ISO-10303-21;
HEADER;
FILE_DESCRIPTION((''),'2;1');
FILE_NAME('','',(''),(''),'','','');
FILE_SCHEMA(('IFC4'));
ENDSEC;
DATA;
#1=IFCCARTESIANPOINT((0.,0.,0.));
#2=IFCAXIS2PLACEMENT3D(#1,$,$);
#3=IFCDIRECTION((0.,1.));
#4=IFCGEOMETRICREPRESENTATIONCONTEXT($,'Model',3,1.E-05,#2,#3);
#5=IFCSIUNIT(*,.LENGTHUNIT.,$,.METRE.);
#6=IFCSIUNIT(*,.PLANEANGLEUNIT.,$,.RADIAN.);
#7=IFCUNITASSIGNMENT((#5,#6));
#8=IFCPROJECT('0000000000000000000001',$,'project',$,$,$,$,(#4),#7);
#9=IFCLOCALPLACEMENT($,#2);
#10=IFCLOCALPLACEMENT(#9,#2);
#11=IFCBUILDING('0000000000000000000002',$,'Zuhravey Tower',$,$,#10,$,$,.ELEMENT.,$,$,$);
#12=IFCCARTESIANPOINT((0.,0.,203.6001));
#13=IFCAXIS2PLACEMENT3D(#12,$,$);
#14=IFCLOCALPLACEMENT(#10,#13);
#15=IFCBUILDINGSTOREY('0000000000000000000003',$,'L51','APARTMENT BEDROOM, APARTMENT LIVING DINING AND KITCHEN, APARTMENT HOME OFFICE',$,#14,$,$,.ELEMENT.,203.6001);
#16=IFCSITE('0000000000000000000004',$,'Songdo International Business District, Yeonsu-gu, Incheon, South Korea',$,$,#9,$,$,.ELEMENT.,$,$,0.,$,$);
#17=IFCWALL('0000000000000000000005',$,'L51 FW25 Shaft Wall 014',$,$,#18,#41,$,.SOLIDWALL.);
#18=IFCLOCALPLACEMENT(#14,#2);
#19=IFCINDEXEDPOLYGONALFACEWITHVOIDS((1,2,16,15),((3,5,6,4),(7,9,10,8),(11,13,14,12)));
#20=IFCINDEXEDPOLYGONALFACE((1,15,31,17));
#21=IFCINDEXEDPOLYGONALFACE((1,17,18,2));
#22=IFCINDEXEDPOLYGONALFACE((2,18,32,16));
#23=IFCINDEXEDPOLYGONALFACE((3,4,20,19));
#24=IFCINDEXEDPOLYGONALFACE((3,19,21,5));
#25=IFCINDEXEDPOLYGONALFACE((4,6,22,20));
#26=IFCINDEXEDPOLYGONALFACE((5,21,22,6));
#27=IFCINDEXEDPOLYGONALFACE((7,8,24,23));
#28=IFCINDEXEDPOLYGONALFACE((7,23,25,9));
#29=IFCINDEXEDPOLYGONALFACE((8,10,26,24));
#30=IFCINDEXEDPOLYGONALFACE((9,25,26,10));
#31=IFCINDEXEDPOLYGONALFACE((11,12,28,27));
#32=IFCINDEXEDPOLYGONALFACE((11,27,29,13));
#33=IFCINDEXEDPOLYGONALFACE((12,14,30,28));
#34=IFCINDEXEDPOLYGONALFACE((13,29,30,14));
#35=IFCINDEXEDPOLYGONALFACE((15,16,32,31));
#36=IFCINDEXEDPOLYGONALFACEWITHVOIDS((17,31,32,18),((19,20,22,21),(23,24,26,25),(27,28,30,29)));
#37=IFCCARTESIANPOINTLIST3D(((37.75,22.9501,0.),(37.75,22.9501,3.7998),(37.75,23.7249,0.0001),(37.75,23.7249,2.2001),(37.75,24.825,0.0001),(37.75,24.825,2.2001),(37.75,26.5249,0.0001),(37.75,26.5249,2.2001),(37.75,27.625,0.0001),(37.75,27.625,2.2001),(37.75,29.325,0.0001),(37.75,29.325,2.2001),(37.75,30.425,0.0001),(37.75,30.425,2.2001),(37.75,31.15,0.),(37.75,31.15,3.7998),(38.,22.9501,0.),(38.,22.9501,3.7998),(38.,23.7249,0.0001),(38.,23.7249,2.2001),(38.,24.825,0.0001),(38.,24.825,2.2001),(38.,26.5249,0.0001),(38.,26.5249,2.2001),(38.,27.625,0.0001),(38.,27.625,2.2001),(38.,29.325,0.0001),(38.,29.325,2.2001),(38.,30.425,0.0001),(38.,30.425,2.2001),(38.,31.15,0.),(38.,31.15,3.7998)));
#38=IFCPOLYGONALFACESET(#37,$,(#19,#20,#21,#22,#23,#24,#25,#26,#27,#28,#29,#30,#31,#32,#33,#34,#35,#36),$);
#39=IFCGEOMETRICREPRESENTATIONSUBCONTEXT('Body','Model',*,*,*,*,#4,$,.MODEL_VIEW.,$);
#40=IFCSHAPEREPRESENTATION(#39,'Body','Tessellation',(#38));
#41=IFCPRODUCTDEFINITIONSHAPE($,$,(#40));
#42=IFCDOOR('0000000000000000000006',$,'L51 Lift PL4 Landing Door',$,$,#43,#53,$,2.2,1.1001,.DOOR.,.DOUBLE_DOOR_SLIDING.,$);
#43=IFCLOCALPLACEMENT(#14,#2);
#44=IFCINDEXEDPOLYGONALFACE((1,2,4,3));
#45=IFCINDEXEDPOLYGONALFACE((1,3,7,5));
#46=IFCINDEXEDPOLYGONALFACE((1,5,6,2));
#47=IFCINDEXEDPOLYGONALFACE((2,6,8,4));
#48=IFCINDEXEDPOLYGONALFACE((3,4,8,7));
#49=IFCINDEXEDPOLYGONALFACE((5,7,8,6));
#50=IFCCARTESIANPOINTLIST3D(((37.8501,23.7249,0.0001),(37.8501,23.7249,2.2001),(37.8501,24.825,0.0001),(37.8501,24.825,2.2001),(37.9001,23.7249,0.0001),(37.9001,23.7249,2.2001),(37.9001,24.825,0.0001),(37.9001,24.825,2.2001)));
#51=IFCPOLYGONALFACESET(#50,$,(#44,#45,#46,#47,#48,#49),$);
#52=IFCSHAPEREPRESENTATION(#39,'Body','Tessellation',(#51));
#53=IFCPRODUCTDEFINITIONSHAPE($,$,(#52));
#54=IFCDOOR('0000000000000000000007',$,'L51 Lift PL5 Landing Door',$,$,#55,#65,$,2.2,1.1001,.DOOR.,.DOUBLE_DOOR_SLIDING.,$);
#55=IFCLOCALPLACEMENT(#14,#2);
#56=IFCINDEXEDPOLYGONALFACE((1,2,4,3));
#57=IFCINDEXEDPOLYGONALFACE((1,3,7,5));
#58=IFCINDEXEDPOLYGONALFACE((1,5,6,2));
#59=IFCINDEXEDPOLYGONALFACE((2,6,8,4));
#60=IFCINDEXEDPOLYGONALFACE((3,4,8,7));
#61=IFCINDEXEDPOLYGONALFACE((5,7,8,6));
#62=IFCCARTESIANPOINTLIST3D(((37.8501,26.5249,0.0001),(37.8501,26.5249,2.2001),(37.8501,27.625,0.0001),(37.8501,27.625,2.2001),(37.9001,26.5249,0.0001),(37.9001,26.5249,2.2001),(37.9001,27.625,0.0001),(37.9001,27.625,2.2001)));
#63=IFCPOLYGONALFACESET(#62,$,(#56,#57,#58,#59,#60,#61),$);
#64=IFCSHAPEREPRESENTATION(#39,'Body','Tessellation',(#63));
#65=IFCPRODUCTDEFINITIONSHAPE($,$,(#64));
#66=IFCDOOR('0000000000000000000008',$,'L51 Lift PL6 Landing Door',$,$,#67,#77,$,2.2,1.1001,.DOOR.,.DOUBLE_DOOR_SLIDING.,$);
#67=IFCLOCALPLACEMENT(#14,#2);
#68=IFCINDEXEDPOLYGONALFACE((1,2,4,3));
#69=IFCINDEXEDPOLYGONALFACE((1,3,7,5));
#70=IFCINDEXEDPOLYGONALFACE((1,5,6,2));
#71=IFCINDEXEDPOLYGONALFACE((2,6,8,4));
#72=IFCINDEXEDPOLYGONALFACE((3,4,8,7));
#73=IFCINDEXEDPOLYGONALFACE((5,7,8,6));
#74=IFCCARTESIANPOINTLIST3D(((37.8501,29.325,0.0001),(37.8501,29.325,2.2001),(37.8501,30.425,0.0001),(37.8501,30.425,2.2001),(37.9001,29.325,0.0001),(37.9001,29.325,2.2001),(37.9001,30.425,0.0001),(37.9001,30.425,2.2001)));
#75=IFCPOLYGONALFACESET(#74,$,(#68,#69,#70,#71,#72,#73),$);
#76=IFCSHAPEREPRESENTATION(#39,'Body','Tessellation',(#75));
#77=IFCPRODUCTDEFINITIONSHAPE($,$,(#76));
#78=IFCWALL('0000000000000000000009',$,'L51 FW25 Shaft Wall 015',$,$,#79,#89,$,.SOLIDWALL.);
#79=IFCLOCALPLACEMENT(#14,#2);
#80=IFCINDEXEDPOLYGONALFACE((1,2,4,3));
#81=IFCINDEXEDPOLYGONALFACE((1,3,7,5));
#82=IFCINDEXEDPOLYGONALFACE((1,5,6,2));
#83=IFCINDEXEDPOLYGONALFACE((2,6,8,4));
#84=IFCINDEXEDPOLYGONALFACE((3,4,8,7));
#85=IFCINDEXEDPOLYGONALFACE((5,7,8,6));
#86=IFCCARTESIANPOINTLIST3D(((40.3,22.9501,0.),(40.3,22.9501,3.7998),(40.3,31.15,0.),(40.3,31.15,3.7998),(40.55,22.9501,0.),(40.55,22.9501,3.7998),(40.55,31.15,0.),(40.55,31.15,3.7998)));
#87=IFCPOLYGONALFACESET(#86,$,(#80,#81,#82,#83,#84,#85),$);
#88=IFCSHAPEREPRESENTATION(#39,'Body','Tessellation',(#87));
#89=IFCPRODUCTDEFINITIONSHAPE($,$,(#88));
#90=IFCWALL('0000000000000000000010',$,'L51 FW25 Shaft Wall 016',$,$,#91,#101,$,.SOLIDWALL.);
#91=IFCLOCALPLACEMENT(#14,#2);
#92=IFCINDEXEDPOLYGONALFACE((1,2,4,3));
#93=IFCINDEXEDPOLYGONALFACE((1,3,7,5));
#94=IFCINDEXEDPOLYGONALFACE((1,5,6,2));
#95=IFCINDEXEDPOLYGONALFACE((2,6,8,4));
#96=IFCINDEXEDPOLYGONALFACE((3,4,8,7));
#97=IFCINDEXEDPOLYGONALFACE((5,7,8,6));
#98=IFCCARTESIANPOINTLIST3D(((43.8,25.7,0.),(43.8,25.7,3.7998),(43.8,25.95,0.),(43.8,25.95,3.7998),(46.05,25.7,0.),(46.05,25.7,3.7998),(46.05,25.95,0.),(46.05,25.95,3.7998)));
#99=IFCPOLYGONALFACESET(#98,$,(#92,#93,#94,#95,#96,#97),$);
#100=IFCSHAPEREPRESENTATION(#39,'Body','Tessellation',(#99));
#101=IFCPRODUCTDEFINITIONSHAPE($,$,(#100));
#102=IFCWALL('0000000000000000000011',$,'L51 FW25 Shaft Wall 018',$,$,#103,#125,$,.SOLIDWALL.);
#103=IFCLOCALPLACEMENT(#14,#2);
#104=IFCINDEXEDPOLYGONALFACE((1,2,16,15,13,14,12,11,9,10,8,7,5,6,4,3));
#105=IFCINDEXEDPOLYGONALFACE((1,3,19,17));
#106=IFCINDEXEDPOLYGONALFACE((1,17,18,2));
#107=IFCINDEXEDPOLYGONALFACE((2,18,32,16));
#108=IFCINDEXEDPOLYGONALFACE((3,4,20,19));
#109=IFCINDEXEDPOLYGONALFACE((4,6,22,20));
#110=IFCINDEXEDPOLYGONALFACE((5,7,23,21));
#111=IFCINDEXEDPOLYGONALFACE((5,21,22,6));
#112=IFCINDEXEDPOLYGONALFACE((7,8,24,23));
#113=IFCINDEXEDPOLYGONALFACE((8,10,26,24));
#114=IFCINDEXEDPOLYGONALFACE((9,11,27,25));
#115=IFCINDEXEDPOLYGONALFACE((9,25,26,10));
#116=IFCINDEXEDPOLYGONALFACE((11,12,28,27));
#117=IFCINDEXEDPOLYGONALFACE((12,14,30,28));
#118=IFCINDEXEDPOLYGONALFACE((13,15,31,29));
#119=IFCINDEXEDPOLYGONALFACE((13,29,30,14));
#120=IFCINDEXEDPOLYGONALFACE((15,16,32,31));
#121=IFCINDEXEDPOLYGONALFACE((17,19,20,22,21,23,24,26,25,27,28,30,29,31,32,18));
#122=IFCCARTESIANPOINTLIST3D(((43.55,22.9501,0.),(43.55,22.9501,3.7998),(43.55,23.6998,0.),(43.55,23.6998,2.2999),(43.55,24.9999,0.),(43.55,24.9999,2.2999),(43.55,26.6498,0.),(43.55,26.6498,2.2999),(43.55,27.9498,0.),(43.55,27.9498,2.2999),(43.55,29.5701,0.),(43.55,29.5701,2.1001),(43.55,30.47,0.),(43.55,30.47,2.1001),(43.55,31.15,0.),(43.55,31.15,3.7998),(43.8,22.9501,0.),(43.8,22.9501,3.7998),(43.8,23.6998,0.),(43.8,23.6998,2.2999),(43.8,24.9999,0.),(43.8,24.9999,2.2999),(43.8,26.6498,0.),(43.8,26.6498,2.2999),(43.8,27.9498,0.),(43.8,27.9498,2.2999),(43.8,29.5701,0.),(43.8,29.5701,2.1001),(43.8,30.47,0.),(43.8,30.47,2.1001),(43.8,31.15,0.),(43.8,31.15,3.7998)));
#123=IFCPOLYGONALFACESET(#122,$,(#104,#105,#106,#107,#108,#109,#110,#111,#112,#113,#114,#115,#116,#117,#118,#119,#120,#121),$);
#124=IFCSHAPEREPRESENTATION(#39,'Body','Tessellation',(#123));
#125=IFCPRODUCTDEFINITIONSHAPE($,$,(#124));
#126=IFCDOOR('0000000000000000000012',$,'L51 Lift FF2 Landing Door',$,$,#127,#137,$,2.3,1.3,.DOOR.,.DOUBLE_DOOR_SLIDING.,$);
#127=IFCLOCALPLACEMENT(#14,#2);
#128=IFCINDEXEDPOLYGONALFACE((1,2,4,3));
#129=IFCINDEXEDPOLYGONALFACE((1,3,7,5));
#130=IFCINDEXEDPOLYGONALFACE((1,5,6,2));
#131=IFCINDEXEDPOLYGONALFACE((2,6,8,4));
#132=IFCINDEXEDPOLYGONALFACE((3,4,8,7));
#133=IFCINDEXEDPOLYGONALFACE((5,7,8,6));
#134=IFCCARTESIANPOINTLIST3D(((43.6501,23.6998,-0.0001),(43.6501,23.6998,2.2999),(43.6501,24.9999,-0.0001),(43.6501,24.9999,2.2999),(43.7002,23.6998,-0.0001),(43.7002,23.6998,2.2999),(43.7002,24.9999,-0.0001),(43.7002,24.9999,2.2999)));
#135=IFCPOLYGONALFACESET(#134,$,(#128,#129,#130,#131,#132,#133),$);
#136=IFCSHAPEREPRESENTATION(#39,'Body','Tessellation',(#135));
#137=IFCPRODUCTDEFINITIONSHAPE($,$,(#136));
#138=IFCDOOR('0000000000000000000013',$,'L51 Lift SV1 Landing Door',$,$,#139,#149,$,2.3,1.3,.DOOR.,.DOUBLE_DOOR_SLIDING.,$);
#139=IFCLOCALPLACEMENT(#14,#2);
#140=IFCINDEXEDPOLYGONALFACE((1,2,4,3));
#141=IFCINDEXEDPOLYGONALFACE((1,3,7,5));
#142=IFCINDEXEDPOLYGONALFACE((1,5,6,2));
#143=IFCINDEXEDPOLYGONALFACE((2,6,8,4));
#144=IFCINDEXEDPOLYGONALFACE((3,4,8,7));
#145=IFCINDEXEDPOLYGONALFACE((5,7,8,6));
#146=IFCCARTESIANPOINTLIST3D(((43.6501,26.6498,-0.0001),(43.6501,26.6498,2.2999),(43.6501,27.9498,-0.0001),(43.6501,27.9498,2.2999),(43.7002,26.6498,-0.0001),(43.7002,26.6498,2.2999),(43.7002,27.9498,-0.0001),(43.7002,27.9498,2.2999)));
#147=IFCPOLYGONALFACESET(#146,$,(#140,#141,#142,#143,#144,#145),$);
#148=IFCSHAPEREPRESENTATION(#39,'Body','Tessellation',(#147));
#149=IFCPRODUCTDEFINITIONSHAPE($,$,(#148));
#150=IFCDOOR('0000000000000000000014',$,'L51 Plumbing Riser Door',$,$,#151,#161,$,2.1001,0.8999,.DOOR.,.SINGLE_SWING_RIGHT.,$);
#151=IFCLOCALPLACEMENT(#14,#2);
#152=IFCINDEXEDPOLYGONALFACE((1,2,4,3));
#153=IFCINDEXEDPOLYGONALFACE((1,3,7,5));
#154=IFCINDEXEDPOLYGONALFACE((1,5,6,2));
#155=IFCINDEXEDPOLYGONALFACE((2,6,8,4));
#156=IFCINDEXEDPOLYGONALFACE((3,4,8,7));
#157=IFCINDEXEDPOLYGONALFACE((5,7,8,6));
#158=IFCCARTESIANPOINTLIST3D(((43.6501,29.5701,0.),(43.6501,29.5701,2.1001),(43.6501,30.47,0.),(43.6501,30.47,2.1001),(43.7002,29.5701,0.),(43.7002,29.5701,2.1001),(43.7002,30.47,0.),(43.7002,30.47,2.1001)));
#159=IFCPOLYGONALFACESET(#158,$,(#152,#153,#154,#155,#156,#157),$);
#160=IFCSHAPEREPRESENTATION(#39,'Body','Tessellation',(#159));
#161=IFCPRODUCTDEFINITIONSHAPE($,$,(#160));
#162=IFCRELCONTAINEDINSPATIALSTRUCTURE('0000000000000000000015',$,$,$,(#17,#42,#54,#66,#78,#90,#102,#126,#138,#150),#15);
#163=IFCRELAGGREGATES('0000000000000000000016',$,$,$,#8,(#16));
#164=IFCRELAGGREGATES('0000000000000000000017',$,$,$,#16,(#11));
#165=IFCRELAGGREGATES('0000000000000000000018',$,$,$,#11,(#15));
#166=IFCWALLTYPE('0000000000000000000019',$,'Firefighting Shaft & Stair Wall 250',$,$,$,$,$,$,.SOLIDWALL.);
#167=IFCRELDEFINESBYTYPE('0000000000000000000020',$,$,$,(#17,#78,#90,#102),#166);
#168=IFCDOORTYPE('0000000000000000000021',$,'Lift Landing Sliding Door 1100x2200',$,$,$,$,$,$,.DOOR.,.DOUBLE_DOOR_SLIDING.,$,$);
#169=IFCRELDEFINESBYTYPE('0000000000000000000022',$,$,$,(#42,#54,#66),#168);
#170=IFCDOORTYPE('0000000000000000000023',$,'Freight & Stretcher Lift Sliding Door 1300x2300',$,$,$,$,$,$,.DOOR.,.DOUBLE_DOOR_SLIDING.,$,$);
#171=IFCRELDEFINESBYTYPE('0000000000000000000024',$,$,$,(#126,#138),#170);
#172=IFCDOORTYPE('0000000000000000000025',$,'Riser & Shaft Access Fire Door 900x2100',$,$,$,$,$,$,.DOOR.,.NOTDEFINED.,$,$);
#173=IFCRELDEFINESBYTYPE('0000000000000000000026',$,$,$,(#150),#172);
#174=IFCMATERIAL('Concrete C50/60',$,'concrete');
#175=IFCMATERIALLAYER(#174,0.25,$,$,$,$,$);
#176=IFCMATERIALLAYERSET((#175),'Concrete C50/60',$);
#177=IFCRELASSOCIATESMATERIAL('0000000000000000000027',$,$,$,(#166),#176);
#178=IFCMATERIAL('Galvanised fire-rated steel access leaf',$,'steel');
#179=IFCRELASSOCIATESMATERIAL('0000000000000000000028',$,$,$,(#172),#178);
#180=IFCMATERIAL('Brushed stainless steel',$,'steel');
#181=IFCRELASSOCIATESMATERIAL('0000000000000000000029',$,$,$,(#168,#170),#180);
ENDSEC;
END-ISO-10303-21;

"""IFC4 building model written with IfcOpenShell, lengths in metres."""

from ifc_helpers import new_model, si_unit, direction, frame, frame_2d, origin, place, context, subcontext, project, spatial, rectangle, extrude, material, layer, layer_set, type_object, element, fill, save


model = new_model("IFC4")

# Units and contexts
model_context = context("Model", 3, precision=1e-05, world=origin(), true_north=direction((0.0, 1.0)))
body_context = subcontext(model_context, "Body", "Model", "MODEL_VIEW")
ifc_project = project(units=[si_unit("LENGTHUNIT", "METRE"), si_unit("PLANEANGLEUNIT", "RADIAN")], contexts=[model_context])

# Site, building, storey
site_placement = place(None, origin())
site = spatial("IfcSite", under=ifc_project, at=site_placement, Name="Songdo International Business District, Yeonsu-gu, Incheon, South Korea", CompositionType="ELEMENT", RefElevation=0.0)
building_placement = place(site_placement, origin())
building = spatial("IfcBuilding", under=site, at=building_placement, Name="Zuhravey Tower", CompositionType="ELEMENT")
storey_placement = place(building_placement, frame((0.0, 0.0, 203.6001)))
storey = spatial("IfcBuildingStorey", under=building, at=storey_placement, Name="L51", Description="APARTMENT BEDROOM, APARTMENT LIVING DINING AND KITCHEN, APARTMENT HOME OFFICE", CompositionType="ELEMENT", Elevation=203.6001)

# Shared definitions
ifc_material_1 = material(Name="Concrete C50/60", Category="concrete")
ifc_layer_1 = layer(ifc_material_1, 0.25)
ifc_layer_set_1 = layer_set([ifc_layer_1], Name="Concrete C50/60")
wall_type_1 = type_object("IfcWallType", Name="Firefighting Shaft & Stair Wall 250", PredefinedType="SOLIDWALL", material=ifc_layer_set_1)

# Shared definitions
ifc_material_2 = material(Name="Galvanised fire-rated steel access leaf", Category="steel")
door_type_1 = type_object("IfcDoorType", Name="Riser & Shaft Access Fire Door 900x2100", OperationType="NOTDEFINED", PredefinedType="DOOR", material=ifc_material_2)

# Wall, openings, doors
wall_1_placement = place(storey_placement, frame((37.875, 22.95, 0.0), z_axis=(0.0, 0.0, 1.0), x_axis=(0.0, 1.0, 0.0)))
wall_1 = element("IfcWall", 1, at=wall_1_placement, inside=storey, type_object=wall_type_1, Name="L51 FW25 Shaft Wall 014", PredefinedType="SOLIDWALL", context=body_context, shape_type="SweptSolid", body=[
    extrude(rectangle(XDim=8.2, YDim=0.25, at=frame_2d((4.1001, 0.0))), origin(), (0.0, 0.0, 1.0), 3.7998),
])
opening_1_placement = place(wall_1_placement, frame((0.7749, 0.0, 0.0)))
opening_1 = element("IfcOpeningElement", 2, at=opening_1_placement, cuts=wall_1, PredefinedType="OPENING", context=body_context, shape_type="SweptSolid", body=[
    extrude(rectangle(XDim=1.1001, YDim=2.2, at=frame_2d((0.55, 1.1001))), frame((0.0, 0.137, 0.0), z_axis=(0.0, -1.0, 0.0), x_axis=(1.0, 0.0, 0.0)), (0.0, 0.0, 1.0), 0.2739),
])
opening_2_placement = place(wall_1_placement, frame((3.575, 0.0, 0.0)))
opening_2 = element("IfcOpeningElement", 3, at=opening_2_placement, cuts=wall_1, PredefinedType="OPENING", context=body_context, shape_type="SweptSolid", body=[
    extrude(rectangle(XDim=1.1001, YDim=2.2, at=frame_2d((0.55, 1.1001))), frame((0.0, 0.137, 0.0), z_axis=(0.0, -1.0, 0.0), x_axis=(1.0, 0.0, 0.0)), (0.0, 0.0, 1.0), 0.2739),
])
opening_3_placement = place(wall_1_placement, frame((6.375, 0.0, 0.0)))
opening_3 = element("IfcOpeningElement", 4, at=opening_3_placement, cuts=wall_1, PredefinedType="OPENING", context=body_context, shape_type="SweptSolid", body=[
    extrude(rectangle(XDim=1.1001, YDim=2.2, at=frame_2d((0.55, 1.1001))), frame((0.0, 0.137, 0.0), z_axis=(0.0, -1.0, 0.0), x_axis=(1.0, 0.0, 0.0)), (0.0, 0.0, 1.0), 0.2739),
])
ifc_material_3 = material(Name="Brushed stainless steel", Category="steel")
door_type_2 = type_object("IfcDoorType", Name="Lift Landing Sliding Door 1100x2200", OperationType="DOUBLE_DOOR_SLIDING", PredefinedType="DOOR", material=ifc_material_3)
door_1_placement = place(opening_1_placement, origin())
door_1 = element("IfcDoor", 5, at=door_1_placement, inside=storey, type_object=door_type_2, Name="L51 Lift PL4 Landing Door", OperationType="DOUBLE_DOOR_SLIDING", OverallHeight=2.2, OverallWidth=1.1001, PredefinedType="DOOR", context=body_context, shape_type="SweptSolid", body=[
    extrude(rectangle(XDim=1.1001, YDim=2.2, at=frame_2d((0.55, 1.1001))), frame((0.0, 0.0249, 0.0), z_axis=(0.0, -1.0, 0.0), x_axis=(1.0, 0.0, 0.0)), (0.0, 0.0, 1.0), 0.05),
])
fill(opening_1, door_1)
door_2_placement = place(opening_2_placement, origin())
door_2 = element("IfcDoor", 6, at=door_2_placement, inside=storey, type_object=door_type_2, Name="L51 Lift PL5 Landing Door", OperationType="DOUBLE_DOOR_SLIDING", OverallHeight=2.2, OverallWidth=1.1001, PredefinedType="DOOR", context=body_context, shape_type="SweptSolid", body=[
    extrude(rectangle(XDim=1.1001, YDim=2.2, at=frame_2d((0.55, 1.1001))), frame((0.0, 0.0249, 0.0), z_axis=(0.0, -1.0, 0.0), x_axis=(1.0, 0.0, 0.0)), (0.0, 0.0, 1.0), 0.05),
])
fill(opening_2, door_2)
door_3_placement = place(opening_3_placement, origin())
door_3 = element("IfcDoor", 7, at=door_3_placement, inside=storey, type_object=door_type_2, Name="L51 Lift PL6 Landing Door", OperationType="DOUBLE_DOOR_SLIDING", OverallHeight=2.2, OverallWidth=1.1001, PredefinedType="DOOR", context=body_context, shape_type="SweptSolid", body=[
    extrude(rectangle(XDim=1.1001, YDim=2.2, at=frame_2d((0.55, 1.1001))), frame((0.0, 0.0249, 0.0), z_axis=(0.0, -1.0, 0.0), x_axis=(1.0, 0.0, 0.0)), (0.0, 0.0, 1.0), 0.05),
])
fill(opening_3, door_3)

# Walls
wall_2_placement = place(storey_placement, frame((40.425, 22.95, 0.0), z_axis=(0.0, 0.0, 1.0), x_axis=(0.0, 1.0, 0.0)))
element("IfcWall", 8, at=wall_2_placement, inside=storey, type_object=wall_type_1, Name="L51 FW25 Shaft Wall 015", PredefinedType="SOLIDWALL", context=body_context, shape_type="SweptSolid", body=[
    extrude(rectangle(XDim=8.2, YDim=0.25, at=frame_2d((4.1001, 0.0))), origin(), (0.0, 0.0, 1.0), 3.7998),
])
wall_3_placement = place(storey_placement, frame((43.8, 25.825, 0.0), z_axis=(0.0, 0.0, 1.0), x_axis=(1.0, 0.0, 0.0)))
element("IfcWall", 9, at=wall_3_placement, inside=storey, type_object=wall_type_1, Name="L51 FW25 Shaft Wall 016", PredefinedType="SOLIDWALL", context=body_context, shape_type="SweptSolid", body=[
    extrude(rectangle(XDim=2.25, YDim=0.25, at=frame_2d((1.125, 0.0))), origin(), (0.0, 0.0, 1.0), 3.7998),
])

# Wall, openings, doors
wall_4_placement = place(storey_placement, frame((43.675, 22.95, 0.0), z_axis=(0.0, 0.0, 1.0), x_axis=(0.0, 1.0, 0.0)))
wall_4 = element("IfcWall", 10, at=wall_4_placement, inside=storey, type_object=wall_type_1, Name="L51 FW25 Shaft Wall 018", PredefinedType="SOLIDWALL", context=body_context, shape_type="SweptSolid", body=[
    extrude(rectangle(XDim=8.2, YDim=0.25, at=frame_2d((4.1001, 0.0))), origin(), (0.0, 0.0, 1.0), 3.7998),
])
opening_4_placement = place(wall_4_placement, frame((0.75, 0.0, 0.0)))
opening_4 = element("IfcOpeningElement", 11, at=opening_4_placement, cuts=wall_4, PredefinedType="OPENING", context=body_context, shape_type="SweptSolid", body=[
    extrude(rectangle(XDim=1.3, YDim=2.3, at=frame_2d((0.6499, 1.1499))), frame((0.0, 0.137, 0.0), z_axis=(0.0, -1.0, 0.0), x_axis=(1.0, 0.0, 0.0)), (0.0, 0.0, 1.0), 0.2739),
])
opening_5_placement = place(wall_4_placement, frame((3.7, 0.0, 0.0)))
opening_5 = element("IfcOpeningElement", 12, at=opening_5_placement, cuts=wall_4, PredefinedType="OPENING", context=body_context, shape_type="SweptSolid", body=[
    extrude(rectangle(XDim=1.3, YDim=2.3, at=frame_2d((0.6499, 1.1499))), frame((0.0, 0.137, 0.0), z_axis=(0.0, -1.0, 0.0), x_axis=(1.0, 0.0, 0.0)), (0.0, 0.0, 1.0), 0.2739),
])
opening_6_placement = place(wall_4_placement, frame((6.6201, 0.0, 0.0)))
opening_6 = element("IfcOpeningElement", 13, at=opening_6_placement, cuts=wall_4, PredefinedType="OPENING", context=body_context, shape_type="SweptSolid", body=[
    extrude(rectangle(XDim=0.8999, YDim=2.1001, at=frame_2d((0.45, 1.05))), frame((0.0, 0.137, 0.0), z_axis=(0.0, -1.0, 0.0), x_axis=(1.0, 0.0, 0.0)), (0.0, 0.0, 1.0), 0.2739),
])
door_type_3 = type_object("IfcDoorType", Name="Freight & Stretcher Lift Sliding Door 1300x2300", OperationType="DOUBLE_DOOR_SLIDING", PredefinedType="DOOR", material=ifc_material_3)
door_4_placement = place(opening_4_placement, origin())
door_4 = element("IfcDoor", 14, at=door_4_placement, inside=storey, type_object=door_type_3, Name="L51 Lift FF2 Landing Door", OperationType="DOUBLE_DOOR_SLIDING", OverallHeight=2.3, OverallWidth=1.3, PredefinedType="DOOR", context=body_context, shape_type="SweptSolid", body=[
    extrude(rectangle(XDim=1.3, YDim=2.3, at=frame_2d((0.6499, 1.1499))), frame((0.0, 0.0249, 0.0), z_axis=(0.0, -1.0, 0.0), x_axis=(1.0, 0.0, 0.0)), (0.0, 0.0, 1.0), 0.05),
])
fill(opening_4, door_4)
door_5_placement = place(opening_5_placement, origin())
door_5 = element("IfcDoor", 15, at=door_5_placement, inside=storey, type_object=door_type_3, Name="L51 Lift SV1 Landing Door", OperationType="DOUBLE_DOOR_SLIDING", OverallHeight=2.3, OverallWidth=1.3, PredefinedType="DOOR", context=body_context, shape_type="SweptSolid", body=[
    extrude(rectangle(XDim=1.3, YDim=2.3, at=frame_2d((0.6499, 1.1499))), frame((0.0, 0.0249, 0.0), z_axis=(0.0, -1.0, 0.0), x_axis=(1.0, 0.0, 0.0)), (0.0, 0.0, 1.0), 0.05),
])
fill(opening_5, door_5)
door_6_placement = place(opening_6_placement, origin())
door_6 = element("IfcDoor", 16, at=door_6_placement, inside=storey, type_object=door_type_1, Name="L51 Plumbing Riser Door", OperationType="SINGLE_SWING_RIGHT", OverallHeight=2.1001, OverallWidth=0.8999, PredefinedType="DOOR", context=body_context, shape_type="SweptSolid", body=[
    extrude(rectangle(XDim=0.8999, YDim=2.1001, at=frame_2d((0.45, 1.05))), frame((0.0, 0.0249, 0.0), z_axis=(0.0, -1.0, 0.0), x_axis=(1.0, 0.0, 0.0)), (0.0, 0.0, 1.0), 0.05),
])
fill(opening_6, door_6)

save(model, "model.ifc")
